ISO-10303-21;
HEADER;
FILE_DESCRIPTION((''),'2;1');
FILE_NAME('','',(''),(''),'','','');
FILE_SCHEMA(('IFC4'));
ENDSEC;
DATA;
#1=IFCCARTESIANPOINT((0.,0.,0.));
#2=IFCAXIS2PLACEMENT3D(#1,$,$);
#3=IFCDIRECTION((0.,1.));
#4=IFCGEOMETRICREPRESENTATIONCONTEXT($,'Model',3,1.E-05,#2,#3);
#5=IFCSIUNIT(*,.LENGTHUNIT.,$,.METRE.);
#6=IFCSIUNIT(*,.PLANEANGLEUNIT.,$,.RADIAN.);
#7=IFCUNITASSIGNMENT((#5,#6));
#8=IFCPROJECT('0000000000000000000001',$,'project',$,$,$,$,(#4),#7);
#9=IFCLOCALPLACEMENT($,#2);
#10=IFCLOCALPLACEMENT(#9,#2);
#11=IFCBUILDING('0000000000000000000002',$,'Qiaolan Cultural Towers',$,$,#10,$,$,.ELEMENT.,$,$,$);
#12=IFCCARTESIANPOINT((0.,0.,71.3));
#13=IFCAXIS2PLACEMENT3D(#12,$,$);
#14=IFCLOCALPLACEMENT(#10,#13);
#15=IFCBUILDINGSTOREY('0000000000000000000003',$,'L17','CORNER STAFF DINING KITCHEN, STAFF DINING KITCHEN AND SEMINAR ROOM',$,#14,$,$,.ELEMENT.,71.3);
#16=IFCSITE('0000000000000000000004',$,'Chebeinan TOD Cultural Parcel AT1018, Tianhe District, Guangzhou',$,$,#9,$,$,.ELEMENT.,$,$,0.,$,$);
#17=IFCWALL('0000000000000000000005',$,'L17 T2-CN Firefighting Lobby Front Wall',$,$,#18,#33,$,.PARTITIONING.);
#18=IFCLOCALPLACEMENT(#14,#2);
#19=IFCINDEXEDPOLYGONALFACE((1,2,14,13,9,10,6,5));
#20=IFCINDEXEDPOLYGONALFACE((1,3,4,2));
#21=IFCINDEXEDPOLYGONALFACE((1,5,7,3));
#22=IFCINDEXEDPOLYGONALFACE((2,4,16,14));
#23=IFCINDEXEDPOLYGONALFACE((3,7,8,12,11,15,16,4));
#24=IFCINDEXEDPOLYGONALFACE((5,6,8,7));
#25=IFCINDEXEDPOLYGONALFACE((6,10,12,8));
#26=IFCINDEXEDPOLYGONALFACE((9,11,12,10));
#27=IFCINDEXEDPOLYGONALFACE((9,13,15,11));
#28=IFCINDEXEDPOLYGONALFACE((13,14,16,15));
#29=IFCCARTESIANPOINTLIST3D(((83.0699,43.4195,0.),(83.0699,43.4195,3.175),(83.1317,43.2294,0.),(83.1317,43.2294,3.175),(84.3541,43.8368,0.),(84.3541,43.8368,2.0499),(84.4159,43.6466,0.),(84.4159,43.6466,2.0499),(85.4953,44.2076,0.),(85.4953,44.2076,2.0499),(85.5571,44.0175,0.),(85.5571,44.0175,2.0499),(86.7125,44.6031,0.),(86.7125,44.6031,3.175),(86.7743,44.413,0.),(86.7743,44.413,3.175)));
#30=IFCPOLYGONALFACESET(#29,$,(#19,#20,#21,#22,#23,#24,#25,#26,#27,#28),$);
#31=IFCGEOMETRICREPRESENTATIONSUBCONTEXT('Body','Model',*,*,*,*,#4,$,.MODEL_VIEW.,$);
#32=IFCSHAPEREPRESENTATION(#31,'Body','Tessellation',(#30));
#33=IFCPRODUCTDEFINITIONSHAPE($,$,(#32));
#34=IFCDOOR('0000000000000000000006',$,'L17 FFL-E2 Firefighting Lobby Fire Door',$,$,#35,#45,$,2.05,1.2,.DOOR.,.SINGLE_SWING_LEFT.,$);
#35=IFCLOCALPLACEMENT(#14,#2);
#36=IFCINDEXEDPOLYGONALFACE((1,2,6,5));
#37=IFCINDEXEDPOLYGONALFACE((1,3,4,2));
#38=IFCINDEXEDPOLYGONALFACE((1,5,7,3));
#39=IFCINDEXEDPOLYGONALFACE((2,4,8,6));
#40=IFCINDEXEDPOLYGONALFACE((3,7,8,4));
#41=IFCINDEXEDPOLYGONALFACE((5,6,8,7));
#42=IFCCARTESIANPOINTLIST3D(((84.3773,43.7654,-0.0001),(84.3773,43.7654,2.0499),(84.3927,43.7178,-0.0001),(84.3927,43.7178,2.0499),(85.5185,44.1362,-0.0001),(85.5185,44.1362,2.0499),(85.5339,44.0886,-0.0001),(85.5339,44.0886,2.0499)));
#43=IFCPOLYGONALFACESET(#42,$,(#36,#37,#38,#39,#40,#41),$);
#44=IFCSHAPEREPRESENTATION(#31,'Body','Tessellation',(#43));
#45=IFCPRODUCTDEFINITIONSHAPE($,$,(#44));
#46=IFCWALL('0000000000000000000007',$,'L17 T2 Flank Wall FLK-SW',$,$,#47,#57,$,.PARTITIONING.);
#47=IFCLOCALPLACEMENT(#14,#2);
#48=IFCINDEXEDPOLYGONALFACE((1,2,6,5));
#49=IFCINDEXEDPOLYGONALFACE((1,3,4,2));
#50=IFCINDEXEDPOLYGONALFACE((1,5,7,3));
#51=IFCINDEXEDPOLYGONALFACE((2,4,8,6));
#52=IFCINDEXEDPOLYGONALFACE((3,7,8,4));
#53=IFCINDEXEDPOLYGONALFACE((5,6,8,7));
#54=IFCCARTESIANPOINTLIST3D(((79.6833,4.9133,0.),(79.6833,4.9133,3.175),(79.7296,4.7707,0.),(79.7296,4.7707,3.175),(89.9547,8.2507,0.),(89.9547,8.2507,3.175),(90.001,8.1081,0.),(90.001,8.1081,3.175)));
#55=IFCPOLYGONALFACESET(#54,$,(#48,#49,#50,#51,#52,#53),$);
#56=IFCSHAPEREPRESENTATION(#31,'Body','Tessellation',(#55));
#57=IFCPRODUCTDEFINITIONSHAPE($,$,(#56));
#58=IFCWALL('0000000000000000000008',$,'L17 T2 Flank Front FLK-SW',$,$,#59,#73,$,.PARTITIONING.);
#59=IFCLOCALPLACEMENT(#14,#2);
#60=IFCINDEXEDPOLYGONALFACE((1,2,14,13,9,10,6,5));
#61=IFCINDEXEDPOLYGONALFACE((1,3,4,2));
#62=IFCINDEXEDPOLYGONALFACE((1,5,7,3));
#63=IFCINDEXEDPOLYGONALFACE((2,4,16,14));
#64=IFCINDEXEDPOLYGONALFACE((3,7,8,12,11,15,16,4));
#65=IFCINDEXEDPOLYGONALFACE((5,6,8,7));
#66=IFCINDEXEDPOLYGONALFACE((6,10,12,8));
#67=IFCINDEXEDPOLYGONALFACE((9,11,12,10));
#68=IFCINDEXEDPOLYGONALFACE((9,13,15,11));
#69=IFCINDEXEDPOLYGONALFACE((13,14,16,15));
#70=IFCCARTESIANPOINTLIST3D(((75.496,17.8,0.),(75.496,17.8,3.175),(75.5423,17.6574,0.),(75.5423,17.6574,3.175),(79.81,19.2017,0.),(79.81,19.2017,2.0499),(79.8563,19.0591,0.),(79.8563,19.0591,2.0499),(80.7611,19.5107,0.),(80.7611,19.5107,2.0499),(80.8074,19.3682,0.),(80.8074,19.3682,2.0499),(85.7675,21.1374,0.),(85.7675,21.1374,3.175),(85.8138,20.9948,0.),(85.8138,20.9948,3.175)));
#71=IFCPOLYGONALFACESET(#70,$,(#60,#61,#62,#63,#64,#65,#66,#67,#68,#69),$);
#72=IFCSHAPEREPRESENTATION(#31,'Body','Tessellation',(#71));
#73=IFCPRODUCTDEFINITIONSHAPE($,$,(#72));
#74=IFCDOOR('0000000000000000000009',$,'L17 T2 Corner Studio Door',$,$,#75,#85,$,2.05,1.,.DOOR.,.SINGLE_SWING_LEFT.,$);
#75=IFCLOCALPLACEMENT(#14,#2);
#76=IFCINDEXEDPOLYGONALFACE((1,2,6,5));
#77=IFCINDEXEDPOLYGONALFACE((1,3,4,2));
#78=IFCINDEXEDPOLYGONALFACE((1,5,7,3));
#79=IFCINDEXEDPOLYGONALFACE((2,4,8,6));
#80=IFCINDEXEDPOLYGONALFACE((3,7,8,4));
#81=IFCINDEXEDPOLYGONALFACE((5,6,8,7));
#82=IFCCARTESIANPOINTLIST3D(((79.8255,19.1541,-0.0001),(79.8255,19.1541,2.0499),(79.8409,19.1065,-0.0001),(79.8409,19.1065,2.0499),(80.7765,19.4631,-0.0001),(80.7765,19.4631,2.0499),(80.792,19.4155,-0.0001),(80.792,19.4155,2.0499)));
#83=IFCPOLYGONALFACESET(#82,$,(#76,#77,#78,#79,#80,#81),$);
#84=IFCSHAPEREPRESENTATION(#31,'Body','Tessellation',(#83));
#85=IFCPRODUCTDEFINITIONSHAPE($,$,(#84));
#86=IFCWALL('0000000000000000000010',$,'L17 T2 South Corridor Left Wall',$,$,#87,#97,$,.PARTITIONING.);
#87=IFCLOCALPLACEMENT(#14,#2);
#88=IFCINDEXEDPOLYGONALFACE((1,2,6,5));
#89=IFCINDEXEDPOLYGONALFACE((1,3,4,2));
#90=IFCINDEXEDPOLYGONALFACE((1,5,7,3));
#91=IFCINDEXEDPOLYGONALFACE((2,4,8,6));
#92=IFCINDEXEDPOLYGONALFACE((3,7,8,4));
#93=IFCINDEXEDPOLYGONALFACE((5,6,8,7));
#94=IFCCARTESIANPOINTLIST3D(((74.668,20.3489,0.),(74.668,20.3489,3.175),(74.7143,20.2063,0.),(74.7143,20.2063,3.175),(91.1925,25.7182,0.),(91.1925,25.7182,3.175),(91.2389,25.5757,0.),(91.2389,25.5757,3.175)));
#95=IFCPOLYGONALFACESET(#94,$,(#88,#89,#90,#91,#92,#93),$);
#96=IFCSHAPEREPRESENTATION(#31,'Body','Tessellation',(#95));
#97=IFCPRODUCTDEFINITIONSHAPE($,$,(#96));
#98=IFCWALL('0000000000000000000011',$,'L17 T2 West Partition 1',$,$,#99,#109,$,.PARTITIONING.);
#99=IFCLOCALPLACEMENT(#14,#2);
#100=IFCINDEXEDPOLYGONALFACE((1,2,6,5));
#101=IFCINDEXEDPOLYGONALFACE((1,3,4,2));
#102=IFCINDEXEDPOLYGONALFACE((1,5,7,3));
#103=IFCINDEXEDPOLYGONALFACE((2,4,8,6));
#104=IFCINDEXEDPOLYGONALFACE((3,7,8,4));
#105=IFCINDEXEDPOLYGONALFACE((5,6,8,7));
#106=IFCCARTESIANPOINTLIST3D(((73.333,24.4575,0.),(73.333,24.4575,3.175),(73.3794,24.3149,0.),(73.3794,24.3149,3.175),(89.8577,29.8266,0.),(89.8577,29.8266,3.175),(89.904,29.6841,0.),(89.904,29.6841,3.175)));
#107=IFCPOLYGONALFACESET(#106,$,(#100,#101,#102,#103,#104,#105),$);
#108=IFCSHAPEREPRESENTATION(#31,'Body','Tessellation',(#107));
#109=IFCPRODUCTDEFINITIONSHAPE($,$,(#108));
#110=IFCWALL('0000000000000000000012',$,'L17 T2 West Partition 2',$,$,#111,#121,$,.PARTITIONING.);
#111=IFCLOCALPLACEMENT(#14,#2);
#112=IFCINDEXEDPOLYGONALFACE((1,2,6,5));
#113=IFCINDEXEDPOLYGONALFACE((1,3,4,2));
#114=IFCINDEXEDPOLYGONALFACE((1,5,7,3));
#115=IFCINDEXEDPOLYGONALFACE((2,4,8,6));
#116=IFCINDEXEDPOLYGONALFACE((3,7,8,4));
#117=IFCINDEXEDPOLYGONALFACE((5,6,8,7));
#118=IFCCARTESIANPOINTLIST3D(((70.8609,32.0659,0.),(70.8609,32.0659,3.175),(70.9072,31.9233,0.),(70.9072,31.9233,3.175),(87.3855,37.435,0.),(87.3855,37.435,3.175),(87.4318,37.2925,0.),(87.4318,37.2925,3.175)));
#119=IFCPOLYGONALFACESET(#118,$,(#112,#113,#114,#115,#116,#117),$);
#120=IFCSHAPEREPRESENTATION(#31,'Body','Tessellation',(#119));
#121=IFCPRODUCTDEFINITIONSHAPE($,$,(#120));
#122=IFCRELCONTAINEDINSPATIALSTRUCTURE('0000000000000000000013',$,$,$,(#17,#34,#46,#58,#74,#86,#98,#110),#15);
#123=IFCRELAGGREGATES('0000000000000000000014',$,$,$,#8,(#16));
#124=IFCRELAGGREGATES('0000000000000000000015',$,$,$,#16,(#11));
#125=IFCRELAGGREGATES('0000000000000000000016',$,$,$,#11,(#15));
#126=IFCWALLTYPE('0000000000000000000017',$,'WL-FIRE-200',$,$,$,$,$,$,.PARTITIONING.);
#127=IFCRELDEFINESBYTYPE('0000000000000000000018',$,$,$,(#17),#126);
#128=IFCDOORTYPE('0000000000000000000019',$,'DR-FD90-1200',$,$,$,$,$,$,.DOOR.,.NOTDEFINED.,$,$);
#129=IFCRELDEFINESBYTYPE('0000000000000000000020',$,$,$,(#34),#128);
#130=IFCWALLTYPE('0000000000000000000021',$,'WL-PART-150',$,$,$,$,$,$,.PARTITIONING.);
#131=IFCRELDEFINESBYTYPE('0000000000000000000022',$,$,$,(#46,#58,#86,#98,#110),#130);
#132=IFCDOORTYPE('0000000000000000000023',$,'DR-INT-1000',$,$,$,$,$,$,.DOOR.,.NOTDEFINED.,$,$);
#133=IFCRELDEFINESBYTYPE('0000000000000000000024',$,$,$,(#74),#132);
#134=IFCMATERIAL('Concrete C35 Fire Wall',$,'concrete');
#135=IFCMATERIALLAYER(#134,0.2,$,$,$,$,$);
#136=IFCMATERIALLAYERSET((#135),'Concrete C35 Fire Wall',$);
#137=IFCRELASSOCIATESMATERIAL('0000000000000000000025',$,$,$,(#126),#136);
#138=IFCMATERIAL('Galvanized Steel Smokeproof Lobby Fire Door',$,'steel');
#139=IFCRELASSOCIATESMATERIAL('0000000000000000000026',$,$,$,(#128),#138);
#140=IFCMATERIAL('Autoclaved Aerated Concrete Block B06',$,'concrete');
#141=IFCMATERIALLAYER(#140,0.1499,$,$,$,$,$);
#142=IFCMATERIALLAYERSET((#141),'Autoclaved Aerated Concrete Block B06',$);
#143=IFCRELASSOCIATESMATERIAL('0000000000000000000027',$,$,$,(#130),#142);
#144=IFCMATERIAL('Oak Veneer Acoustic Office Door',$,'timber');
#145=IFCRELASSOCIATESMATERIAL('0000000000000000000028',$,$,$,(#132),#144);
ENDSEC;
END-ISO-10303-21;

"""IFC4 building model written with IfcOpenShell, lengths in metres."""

from ifc_helpers import new_model, si_unit, direction, frame, frame_2d, origin, place, context, subcontext, project, spatial, rectangle, extrude, material, layer, layer_set, type_object, element, fill, save


model = new_model("IFC4")

# Units and contexts
model_context = context("Model", 3, precision=1e-05, world=origin(), true_north=direction((0.0, 1.0)))
body_context = subcontext(model_context, "Body", "Model", "MODEL_VIEW")
ifc_project = project(units=[si_unit("LENGTHUNIT", "METRE"), si_unit("PLANEANGLEUNIT", "RADIAN")], contexts=[model_context])

# Site, building, storey
site_placement = place(None, origin())
site = spatial("IfcSite", under=ifc_project, at=site_placement, Name="Chebeinan TOD Cultural Parcel AT1018, Tianhe District, Guangzhou", CompositionType="ELEMENT", RefElevation=0.0)
building_placement = place(site_placement, origin())
building = spatial("IfcBuilding", under=site, at=building_placement, Name="Qiaolan Cultural Towers", CompositionType="ELEMENT")
storey_placement = place(building_placement, frame((0.0, 0.0, 71.3)))
storey = spatial("IfcBuildingStorey", under=building, at=storey_placement, Name="L17", Description="CORNER STAFF DINING KITCHEN, STAFF DINING KITCHEN AND SEMINAR ROOM", CompositionType="ELEMENT", Elevation=71.3)

# Wall, opening, door
ifc_material_1 = material(Name="Concrete C35 Fire Wall", Category="concrete")
ifc_layer_1 = layer(ifc_material_1, 0.2)
ifc_layer_set_1 = layer_set([ifc_layer_1], Name="Concrete C35 Fire Wall")
wall_type_1 = type_object("IfcWallType", Name="WL-FIRE-200", PredefinedType="PARTITIONING", material=ifc_layer_set_1)
wall_1_placement = place(storey_placement, frame((83.1008, 43.3245, 0.0), z_axis=(0.0, 0.0, 1.0), x_axis=(0.951053, 0.309028, 0.0)))
wall_1 = element("IfcWall", 1, at=wall_1_placement, inside=storey, type_object=wall_type_1, Name="L17 T2-CN Firefighting Lobby Front Wall", PredefinedType="PARTITIONING", context=body_context, shape_type="SweptSolid", body=[
    extrude(rectangle(XDim=3.8301, YDim=0.2, at=frame_2d((1.915, 0.0))), origin(), (0.0, 0.0, 1.0), 3.175),
])
opening_1_placement = place(wall_1_placement, frame((1.3501, 0.0, 0.0)))
opening_1 = element("IfcOpeningElement", 2, at=opening_1_placement, cuts=wall_1, PredefinedType="OPENING", context=body_context, shape_type="SweptSolid", body=[
    extrude(rectangle(XDim=1.2, YDim=2.05, at=frame_2d((0.6001, 1.0249))), frame((0.0, 0.1099, 0.0), z_axis=(0.0, -1.0, 0.0), x_axis=(1.0, 0.0, 0.0)), (0.0, 0.0, 1.0), 0.22),
])
ifc_material_2 = material(Name="Galvanized Steel Smokeproof Lobby Fire Door", Category="steel")
door_type_1 = type_object("IfcDoorType", Name="DR-FD90-1200", OperationType="NOTDEFINED", PredefinedType="DOOR", material=ifc_material_2)
door_1_placement = place(opening_1_placement, origin())
door_1 = element("IfcDoor", 3, at=door_1_placement, inside=storey, type_object=door_type_1, Name="L17 FFL-E2 Firefighting Lobby Fire Door", OperationType="SINGLE_SWING_LEFT", OverallHeight=2.05, OverallWidth=1.2, PredefinedType="DOOR", context=body_context, shape_type="SweptSolid", body=[
    extrude(rectangle(XDim=1.2, YDim=2.05, at=frame_2d((0.6001, 1.0249))), frame((0.0, 0.0249, 0.0), z_axis=(0.0, -1.0, 0.0), x_axis=(1.0, 0.0, 0.0)), (0.0, 0.0, 1.0), 0.05),
])
fill(opening_1, door_1)

# Wall
ifc_material_3 = material(Name="Autoclaved Aerated Concrete Block B06", Category="concrete")
ifc_layer_2 = layer(ifc_material_3, 0.1499)
ifc_layer_set_2 = layer_set([ifc_layer_2], Name="Autoclaved Aerated Concrete Block B06")
wall_type_2 = type_object("IfcWallType", Name="WL-PART-150", PredefinedType="PARTITIONING", material=ifc_layer_set_2)
wall_2_placement = place(storey_placement, frame((79.7065, 4.842, 0.0), z_axis=(0.0, 0.0, 1.0), x_axis=(0.951057, 0.309017, 0.0)))
element("IfcWall", 4, at=wall_2_placement, inside=storey, type_object=wall_type_2, Name="L17 T2 Flank Wall FLK-SW", PredefinedType="PARTITIONING", context=body_context, shape_type="SweptSolid", body=[
    extrude(rectangle(XDim=10.8, YDim=0.1499, at=frame_2d((5.3999, 0.0))), origin(), (0.0, 0.0, 1.0), 3.175),
])

# Wall, opening, door
wall_3_placement = place(storey_placement, frame((75.5193, 17.7288, 0.0), z_axis=(0.0, 0.0, 1.0), x_axis=(0.951057, 0.309017, 0.0)))
wall_3 = element("IfcWall", 5, at=wall_3_placement, inside=storey, type_object=wall_type_2, Name="L17 T2 Flank Front FLK-SW", PredefinedType="PARTITIONING", context=body_context, shape_type="SweptSolid", body=[
    extrude(rectangle(XDim=10.8, YDim=0.1499, at=frame_2d((5.3999, 0.0))), origin(), (0.0, 0.0, 1.0), 3.175),
])
opening_2_placement = place(wall_3_placement, frame((4.5359, 0.0, 0.0)))
opening_2 = element("IfcOpeningElement", 6, at=opening_2_placement, cuts=wall_3, PredefinedType="OPENING", context=body_context, shape_type="SweptSolid", body=[
    extrude(rectangle(XDim=1.0, YDim=2.05, at=frame_2d((0.5, 1.0249))), frame((0.0, 0.085, 0.0), z_axis=(0.0, -1.0, 0.0), x_axis=(1.0, 0.0, 0.0)), (0.0, 0.0, 1.0), 0.1699),
])
ifc_material_4 = material(Name="Oak Veneer Acoustic Office Door", Category="timber")
door_type_2 = type_object("IfcDoorType", Name="DR-INT-1000", OperationType="NOTDEFINED", PredefinedType="DOOR", material=ifc_material_4)
door_2_placement = place(opening_2_placement, origin())
door_2 = element("IfcDoor", 7, at=door_2_placement, inside=storey, type_object=door_type_2, Name="L17 T2 Corner Studio Door", OperationType="SINGLE_SWING_LEFT", OverallHeight=2.05, OverallWidth=1.0, PredefinedType="DOOR", context=body_context, shape_type="SweptSolid", body=[
    extrude(rectangle(XDim=1.0, YDim=2.05, at=frame_2d((0.5, 1.0249))), frame((0.0, 0.0249, 0.0), z_axis=(0.0, -1.0, 0.0), x_axis=(1.0, 0.0, 0.0)), (0.0, 0.0, 1.0), 0.05),
])
fill(opening_2, door_2)

# Walls
for number, where, z_axis, x_axis, name in (
    (8, (74.6912, 20.2776, 0.0), (0.0, 0.0, 1.0), (0.951053, 0.309027, 0.0), "L17 T2 South Corridor Left Wall"),
    (9, (73.3562, 24.3862, 0.0), (0.0, 0.0, 1.0), (0.951057, 0.309015, 0.0), "L17 T2 West Partition 1"),
    (10, (70.884, 31.9946, 0.0), (0.0, 0.0, 1.0), (0.951057, 0.309015, 0.0), "L17 T2 West Partition 2"),
):
    element("IfcWall", number, at=place(storey_placement, frame(where, z_axis=z_axis, x_axis=x_axis)), inside=storey, type_object=wall_type_2, Name=name, PredefinedType="PARTITIONING", context=body_context, shape_type="SweptSolid", body=[
        extrude(rectangle(XDim=17.375, YDim=0.1499, at=frame_2d((8.6875, 0.0))), origin(), (0.0, 0.0, 1.0), 3.175),
    ])

save(model, "model.ifc")
